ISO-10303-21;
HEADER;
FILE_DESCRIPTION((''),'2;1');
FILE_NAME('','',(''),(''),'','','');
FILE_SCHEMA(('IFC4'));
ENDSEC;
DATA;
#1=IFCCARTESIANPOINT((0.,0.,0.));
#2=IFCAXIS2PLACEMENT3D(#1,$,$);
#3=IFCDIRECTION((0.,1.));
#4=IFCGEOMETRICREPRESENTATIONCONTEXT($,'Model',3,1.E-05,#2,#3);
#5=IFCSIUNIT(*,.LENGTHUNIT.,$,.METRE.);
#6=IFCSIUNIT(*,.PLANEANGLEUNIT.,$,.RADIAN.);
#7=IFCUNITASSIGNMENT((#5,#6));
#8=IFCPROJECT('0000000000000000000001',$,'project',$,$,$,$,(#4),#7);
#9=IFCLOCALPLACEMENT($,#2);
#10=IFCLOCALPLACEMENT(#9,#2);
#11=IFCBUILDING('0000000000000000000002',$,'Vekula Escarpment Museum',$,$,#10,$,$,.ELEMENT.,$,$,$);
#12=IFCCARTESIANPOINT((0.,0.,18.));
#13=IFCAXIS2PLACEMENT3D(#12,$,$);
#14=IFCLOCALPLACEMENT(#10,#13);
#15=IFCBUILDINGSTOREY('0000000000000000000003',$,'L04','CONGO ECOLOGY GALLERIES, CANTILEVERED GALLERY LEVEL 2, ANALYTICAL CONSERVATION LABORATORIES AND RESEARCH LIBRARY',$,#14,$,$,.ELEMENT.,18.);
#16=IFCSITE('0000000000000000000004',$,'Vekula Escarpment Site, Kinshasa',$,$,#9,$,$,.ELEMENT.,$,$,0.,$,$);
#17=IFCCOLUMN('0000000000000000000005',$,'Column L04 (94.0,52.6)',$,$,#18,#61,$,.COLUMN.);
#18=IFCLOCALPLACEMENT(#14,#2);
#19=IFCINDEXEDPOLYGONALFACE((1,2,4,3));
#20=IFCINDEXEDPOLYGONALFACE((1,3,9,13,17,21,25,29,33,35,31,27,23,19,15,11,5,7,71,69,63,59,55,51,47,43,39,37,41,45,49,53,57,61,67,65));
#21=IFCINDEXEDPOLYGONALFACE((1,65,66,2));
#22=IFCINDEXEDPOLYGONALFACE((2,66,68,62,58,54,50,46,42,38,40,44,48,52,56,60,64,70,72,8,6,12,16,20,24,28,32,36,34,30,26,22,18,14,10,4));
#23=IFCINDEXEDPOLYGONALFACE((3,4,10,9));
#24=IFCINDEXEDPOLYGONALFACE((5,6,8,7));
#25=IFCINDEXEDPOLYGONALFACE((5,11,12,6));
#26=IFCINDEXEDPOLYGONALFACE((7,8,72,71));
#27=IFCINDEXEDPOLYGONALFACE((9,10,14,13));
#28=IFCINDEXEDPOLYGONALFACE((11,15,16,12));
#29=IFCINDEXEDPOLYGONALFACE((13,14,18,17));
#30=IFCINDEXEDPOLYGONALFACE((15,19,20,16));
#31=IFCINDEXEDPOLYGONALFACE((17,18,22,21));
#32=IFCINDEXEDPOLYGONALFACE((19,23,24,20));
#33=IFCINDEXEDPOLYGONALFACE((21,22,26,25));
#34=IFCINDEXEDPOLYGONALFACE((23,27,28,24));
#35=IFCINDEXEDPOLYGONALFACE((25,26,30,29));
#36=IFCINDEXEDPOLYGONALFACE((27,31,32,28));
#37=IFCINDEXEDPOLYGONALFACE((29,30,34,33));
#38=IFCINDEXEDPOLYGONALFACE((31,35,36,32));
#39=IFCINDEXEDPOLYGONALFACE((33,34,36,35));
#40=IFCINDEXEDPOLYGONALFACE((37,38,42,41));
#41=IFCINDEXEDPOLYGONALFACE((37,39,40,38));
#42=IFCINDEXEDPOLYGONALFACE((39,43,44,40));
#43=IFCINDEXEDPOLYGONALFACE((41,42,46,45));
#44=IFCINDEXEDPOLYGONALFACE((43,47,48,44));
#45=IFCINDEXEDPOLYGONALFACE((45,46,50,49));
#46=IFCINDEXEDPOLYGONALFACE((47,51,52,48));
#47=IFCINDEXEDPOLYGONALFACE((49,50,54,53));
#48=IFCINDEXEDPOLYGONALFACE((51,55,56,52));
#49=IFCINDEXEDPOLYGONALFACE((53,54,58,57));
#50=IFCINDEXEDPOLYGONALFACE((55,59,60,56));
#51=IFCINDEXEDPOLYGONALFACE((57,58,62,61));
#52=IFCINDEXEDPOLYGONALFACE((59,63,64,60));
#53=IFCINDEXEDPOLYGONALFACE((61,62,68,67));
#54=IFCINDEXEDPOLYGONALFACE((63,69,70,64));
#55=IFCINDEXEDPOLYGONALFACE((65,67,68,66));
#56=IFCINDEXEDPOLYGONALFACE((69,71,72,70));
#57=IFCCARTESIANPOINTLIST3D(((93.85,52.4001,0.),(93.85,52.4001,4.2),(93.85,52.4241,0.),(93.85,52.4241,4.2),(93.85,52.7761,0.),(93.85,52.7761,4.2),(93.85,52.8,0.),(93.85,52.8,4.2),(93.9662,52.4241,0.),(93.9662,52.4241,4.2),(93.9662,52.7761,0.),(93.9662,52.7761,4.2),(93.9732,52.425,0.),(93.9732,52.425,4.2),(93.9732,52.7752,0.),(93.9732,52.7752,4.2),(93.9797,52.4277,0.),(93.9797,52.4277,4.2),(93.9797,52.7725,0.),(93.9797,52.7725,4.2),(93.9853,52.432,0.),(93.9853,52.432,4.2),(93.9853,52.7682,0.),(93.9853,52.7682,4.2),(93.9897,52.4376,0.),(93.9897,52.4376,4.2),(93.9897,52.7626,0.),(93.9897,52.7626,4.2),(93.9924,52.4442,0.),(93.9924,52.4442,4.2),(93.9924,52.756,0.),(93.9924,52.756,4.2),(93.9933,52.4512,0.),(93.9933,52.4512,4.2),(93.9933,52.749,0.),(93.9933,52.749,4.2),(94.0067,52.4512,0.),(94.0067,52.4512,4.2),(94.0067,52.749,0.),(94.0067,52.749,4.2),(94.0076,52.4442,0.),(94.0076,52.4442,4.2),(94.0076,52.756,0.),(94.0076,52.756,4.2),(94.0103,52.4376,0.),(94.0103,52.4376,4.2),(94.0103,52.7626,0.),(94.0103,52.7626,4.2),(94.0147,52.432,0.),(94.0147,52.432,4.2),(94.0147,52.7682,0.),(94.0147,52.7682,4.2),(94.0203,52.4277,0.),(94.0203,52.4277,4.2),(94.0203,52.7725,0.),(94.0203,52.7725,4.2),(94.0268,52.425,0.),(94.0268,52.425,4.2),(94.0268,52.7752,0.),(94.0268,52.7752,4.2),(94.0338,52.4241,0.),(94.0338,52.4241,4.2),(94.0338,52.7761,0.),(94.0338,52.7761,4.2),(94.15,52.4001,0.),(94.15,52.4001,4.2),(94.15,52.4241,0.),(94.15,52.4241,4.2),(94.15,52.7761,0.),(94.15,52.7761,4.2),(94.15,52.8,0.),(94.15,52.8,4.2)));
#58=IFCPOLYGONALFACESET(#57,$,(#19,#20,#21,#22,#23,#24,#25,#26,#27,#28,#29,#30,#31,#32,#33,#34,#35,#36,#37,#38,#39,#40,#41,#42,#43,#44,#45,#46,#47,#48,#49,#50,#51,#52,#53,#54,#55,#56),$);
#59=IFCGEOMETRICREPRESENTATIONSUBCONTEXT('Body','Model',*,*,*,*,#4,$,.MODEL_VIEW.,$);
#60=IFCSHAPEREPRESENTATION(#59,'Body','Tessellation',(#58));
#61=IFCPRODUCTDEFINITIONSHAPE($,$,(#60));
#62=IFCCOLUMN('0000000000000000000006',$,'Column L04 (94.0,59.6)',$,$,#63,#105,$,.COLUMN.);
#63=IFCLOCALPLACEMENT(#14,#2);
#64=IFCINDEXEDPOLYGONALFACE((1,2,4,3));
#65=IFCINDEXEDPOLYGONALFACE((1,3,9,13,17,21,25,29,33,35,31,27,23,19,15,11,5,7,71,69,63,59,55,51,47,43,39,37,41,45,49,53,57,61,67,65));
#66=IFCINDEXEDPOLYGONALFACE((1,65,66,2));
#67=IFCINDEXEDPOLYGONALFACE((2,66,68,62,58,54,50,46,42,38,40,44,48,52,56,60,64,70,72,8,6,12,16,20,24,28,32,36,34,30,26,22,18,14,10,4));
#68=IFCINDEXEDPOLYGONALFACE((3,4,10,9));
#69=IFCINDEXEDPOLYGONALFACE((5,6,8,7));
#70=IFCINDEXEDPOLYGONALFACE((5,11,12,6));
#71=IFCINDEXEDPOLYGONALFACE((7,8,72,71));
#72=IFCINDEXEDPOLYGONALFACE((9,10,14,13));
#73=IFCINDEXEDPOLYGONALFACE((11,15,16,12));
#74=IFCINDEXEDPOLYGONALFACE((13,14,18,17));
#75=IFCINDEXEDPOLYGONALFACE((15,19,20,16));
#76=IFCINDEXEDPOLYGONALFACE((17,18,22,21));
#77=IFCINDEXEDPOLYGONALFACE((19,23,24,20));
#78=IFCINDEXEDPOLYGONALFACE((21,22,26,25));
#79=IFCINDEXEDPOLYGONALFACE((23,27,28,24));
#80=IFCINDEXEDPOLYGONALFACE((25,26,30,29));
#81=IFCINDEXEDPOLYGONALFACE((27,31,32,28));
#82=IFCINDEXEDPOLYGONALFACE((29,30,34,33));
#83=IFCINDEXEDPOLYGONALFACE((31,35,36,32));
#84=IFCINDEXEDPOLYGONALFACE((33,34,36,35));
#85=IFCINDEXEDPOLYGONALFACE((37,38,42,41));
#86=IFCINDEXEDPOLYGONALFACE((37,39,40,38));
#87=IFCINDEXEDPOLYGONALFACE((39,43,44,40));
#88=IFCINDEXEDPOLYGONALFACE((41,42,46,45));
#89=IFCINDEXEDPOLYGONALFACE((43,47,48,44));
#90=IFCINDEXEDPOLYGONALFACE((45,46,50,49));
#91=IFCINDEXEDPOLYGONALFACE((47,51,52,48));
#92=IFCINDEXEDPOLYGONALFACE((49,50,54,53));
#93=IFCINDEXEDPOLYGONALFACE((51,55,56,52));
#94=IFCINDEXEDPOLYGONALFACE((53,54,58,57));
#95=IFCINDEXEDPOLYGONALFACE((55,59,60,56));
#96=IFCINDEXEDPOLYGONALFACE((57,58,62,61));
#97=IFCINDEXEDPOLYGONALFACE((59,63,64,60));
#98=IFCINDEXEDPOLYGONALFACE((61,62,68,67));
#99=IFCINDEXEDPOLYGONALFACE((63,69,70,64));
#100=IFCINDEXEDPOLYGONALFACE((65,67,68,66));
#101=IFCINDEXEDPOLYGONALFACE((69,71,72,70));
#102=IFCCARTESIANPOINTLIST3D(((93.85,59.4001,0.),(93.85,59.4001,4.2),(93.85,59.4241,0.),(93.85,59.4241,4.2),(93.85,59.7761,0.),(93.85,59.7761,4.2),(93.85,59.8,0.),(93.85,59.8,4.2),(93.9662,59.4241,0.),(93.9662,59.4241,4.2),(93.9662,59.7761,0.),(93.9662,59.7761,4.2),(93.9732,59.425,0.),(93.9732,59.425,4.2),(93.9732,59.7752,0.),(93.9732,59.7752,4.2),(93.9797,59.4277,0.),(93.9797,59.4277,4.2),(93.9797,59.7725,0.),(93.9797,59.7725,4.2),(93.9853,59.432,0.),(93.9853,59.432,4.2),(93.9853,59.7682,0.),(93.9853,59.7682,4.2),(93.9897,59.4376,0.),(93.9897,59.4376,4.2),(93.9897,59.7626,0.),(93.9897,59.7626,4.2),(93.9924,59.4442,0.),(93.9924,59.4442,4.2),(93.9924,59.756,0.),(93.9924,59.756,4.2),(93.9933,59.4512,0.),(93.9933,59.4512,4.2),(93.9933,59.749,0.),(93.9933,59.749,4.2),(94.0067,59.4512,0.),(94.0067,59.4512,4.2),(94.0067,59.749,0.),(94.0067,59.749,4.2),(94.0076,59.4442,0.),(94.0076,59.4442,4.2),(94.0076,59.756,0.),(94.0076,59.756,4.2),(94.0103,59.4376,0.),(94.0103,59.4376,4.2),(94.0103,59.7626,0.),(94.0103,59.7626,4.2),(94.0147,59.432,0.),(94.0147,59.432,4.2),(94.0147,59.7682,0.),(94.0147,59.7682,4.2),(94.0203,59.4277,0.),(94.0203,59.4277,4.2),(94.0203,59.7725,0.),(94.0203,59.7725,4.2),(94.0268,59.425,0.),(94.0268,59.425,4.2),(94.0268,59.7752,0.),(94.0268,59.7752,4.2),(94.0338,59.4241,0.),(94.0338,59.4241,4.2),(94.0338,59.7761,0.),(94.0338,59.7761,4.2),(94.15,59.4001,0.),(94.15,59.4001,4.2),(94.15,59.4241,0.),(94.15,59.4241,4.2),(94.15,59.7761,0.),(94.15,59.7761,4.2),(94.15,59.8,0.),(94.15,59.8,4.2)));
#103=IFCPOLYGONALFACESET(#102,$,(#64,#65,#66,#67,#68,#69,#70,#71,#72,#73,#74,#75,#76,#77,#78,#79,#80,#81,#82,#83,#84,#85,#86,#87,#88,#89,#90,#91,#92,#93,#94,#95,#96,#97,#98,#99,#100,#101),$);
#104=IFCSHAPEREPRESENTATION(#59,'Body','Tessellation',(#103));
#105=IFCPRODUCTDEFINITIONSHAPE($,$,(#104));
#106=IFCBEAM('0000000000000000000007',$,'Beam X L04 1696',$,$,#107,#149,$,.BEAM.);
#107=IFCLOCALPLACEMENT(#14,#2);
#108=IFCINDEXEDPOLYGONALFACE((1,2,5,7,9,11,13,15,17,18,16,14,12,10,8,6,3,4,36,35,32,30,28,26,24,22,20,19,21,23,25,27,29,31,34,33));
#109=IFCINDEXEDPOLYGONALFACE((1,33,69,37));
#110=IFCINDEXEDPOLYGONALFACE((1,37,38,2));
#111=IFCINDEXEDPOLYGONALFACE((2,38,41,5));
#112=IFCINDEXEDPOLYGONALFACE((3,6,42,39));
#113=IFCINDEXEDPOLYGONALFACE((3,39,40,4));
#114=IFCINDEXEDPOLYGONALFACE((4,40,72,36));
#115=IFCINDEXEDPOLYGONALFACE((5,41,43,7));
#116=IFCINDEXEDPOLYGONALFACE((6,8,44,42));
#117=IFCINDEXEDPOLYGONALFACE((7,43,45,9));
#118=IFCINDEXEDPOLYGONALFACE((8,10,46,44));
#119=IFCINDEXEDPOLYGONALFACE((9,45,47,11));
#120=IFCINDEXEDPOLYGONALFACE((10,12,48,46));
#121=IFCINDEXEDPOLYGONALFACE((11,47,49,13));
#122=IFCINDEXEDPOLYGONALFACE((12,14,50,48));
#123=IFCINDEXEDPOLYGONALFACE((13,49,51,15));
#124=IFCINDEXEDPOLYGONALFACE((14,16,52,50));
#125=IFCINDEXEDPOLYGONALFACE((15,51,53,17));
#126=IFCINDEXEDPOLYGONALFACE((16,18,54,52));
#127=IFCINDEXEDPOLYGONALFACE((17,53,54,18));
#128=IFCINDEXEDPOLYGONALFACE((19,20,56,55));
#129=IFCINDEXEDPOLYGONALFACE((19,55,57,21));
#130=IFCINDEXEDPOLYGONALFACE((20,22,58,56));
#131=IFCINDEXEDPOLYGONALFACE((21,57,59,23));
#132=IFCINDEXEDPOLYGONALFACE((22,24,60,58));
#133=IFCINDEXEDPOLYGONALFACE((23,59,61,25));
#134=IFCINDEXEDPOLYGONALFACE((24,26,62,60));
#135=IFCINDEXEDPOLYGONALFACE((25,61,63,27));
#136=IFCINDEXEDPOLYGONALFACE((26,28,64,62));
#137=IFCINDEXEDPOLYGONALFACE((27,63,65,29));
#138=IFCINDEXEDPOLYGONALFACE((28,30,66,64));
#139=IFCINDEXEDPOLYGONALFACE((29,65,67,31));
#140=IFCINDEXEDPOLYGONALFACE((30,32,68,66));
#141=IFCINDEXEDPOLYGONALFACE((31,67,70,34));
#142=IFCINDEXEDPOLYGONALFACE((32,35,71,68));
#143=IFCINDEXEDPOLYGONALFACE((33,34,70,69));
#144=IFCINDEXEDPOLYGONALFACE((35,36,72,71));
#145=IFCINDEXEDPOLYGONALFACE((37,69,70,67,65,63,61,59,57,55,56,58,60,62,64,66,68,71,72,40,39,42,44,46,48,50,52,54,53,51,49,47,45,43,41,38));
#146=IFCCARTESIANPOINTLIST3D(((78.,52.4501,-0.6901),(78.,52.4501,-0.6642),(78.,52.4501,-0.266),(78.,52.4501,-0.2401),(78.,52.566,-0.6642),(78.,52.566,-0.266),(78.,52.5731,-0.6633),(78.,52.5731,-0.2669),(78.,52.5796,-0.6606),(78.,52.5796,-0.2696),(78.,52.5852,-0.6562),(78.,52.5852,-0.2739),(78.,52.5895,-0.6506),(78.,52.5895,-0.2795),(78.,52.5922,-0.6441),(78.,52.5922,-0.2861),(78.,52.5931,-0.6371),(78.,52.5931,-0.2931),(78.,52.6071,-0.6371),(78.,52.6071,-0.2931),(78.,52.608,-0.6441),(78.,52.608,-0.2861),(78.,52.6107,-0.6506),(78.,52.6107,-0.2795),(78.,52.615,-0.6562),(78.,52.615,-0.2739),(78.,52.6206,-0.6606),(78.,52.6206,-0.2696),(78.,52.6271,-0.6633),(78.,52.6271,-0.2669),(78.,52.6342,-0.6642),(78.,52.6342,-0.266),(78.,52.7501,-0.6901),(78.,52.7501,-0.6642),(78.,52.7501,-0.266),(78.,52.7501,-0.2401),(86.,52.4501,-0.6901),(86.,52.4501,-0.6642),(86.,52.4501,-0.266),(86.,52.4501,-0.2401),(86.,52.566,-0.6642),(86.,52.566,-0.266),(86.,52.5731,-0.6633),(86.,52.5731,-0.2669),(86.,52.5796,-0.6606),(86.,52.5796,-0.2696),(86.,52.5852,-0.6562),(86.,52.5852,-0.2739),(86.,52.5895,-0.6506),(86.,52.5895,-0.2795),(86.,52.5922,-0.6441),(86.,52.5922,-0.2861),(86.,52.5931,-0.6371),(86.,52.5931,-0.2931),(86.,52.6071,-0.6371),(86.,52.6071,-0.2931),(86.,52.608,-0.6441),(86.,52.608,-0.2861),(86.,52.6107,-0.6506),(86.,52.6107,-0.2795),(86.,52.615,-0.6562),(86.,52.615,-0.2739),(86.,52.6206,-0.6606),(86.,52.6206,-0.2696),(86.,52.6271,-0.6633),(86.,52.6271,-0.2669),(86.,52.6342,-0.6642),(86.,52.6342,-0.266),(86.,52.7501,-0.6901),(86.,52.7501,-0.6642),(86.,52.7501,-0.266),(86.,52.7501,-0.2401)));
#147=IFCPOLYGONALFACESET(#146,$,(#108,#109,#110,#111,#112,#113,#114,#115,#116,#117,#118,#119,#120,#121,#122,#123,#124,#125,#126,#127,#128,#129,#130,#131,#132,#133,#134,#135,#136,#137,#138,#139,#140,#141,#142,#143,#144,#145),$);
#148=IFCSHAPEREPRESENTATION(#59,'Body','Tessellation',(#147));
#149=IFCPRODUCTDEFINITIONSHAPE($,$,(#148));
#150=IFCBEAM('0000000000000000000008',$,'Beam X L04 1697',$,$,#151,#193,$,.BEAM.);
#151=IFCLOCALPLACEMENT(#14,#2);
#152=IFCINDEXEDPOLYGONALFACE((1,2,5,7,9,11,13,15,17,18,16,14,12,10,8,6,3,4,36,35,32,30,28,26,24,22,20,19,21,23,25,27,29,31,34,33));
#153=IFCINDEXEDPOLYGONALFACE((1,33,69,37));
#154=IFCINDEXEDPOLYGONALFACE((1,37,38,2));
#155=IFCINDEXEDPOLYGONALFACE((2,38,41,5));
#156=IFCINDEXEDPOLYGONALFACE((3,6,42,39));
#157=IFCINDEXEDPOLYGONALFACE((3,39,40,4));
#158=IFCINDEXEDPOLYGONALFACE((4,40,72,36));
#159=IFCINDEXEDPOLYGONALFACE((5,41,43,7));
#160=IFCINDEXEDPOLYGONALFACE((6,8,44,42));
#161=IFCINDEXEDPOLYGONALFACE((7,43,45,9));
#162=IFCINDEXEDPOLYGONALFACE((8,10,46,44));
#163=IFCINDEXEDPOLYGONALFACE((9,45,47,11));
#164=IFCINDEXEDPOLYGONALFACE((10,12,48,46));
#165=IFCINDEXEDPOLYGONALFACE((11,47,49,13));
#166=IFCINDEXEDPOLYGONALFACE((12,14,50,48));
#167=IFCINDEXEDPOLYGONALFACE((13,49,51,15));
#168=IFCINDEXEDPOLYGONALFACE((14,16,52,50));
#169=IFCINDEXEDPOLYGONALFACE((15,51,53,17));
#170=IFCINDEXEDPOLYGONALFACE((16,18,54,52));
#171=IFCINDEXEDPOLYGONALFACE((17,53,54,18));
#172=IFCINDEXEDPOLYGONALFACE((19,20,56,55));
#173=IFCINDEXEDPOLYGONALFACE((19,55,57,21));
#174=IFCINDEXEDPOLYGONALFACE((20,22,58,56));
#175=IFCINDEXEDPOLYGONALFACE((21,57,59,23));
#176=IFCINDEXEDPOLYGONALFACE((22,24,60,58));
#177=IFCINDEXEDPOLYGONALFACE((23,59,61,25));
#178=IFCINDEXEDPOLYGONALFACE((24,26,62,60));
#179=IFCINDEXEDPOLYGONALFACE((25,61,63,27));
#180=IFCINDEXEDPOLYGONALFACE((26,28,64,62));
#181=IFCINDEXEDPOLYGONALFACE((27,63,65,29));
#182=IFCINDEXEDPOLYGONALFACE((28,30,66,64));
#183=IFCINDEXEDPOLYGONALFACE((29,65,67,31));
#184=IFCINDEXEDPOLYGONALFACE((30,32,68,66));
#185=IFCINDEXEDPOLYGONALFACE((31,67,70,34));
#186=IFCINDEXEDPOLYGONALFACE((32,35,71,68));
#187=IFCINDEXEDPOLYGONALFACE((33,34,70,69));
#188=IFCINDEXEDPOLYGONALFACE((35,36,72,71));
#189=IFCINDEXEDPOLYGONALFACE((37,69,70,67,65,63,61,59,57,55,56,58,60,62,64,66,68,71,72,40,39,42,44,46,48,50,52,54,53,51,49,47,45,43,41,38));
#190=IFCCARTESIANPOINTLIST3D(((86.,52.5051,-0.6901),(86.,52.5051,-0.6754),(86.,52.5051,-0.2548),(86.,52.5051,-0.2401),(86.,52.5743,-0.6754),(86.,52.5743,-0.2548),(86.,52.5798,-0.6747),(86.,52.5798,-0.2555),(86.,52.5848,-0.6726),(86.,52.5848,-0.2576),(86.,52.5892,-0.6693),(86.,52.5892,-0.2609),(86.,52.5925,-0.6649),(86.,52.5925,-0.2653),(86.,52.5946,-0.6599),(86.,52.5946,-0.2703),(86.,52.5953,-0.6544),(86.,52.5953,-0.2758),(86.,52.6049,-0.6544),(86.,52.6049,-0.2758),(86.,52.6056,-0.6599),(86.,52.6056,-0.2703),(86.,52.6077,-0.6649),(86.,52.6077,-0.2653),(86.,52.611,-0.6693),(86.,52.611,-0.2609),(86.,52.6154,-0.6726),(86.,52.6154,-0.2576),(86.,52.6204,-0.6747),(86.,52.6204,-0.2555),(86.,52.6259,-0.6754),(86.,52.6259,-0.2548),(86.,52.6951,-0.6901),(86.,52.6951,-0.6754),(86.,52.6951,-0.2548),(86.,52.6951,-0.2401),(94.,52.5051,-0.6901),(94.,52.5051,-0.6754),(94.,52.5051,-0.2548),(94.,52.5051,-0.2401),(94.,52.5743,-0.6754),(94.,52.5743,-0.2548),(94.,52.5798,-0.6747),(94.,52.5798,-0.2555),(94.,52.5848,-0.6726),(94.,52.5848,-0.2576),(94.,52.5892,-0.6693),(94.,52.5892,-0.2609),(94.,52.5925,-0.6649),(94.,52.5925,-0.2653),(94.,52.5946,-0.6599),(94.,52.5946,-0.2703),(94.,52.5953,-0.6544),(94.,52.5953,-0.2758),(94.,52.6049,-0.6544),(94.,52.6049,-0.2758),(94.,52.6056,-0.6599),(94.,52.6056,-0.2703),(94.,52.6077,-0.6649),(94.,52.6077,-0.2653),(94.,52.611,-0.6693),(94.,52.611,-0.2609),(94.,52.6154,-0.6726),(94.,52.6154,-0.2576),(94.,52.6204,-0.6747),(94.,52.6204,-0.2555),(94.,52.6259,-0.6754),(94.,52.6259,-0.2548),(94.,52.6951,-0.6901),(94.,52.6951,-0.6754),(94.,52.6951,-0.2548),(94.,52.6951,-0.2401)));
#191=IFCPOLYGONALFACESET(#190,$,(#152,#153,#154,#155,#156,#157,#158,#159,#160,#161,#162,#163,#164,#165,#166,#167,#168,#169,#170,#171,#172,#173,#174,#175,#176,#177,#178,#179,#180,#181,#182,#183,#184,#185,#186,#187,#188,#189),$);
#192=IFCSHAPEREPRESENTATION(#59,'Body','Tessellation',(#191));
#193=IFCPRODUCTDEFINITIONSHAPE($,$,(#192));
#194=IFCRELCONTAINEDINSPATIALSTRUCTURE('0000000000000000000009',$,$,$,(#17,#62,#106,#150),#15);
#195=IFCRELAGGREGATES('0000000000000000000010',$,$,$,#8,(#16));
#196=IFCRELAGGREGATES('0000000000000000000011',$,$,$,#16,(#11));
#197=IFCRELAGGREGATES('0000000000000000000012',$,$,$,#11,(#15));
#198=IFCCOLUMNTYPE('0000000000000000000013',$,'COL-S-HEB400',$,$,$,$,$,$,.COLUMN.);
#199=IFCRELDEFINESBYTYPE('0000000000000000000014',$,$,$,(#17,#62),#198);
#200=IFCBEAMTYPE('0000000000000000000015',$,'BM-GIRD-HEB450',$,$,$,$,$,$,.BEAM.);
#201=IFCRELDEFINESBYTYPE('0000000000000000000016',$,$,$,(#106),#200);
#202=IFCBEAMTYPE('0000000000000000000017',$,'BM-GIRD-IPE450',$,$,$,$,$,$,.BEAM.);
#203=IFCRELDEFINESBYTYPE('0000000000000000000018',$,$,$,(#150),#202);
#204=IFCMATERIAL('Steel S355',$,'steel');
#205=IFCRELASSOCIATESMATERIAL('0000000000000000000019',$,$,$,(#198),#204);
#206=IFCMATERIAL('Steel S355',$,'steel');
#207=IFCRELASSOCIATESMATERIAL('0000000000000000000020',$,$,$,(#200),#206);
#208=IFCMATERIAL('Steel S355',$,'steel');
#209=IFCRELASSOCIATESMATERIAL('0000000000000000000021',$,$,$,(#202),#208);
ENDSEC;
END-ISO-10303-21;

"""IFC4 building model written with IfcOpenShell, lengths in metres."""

from ifc_helpers import new_model, si_unit, direction, frame, origin, origin_2d, place, context, subcontext, project, spatial, i_section, extrude, material, material_profile, profile_set, type_object, element, save


model = new_model("IFC4")

# Units and contexts
model_context = context("Model", 3, precision=1e-05, world=origin(), true_north=direction((0.0, 1.0)))
body_context = subcontext(model_context, "Body", "Model", "MODEL_VIEW")
ifc_project = project(units=[si_unit("LENGTHUNIT", "METRE"), si_unit("PLANEANGLEUNIT", "RADIAN")], contexts=[model_context])

# Site, building, storey
site_placement = place(None, origin())
site = spatial("IfcSite", under=ifc_project, at=site_placement, Name="Vekula Escarpment Site, Kinshasa", CompositionType="ELEMENT", RefElevation=0.0)
building_placement = place(site_placement, origin())
building = spatial("IfcBuilding", under=site, at=building_placement, Name="Vekula Escarpment Museum", CompositionType="ELEMENT")
storey_placement = place(building_placement, frame((0.0, 0.0, 18.0)))
storey = spatial("IfcBuildingStorey", under=building, at=storey_placement, Name="L04", Description="CONGO ECOLOGY GALLERIES, CANTILEVERED GALLERY LEVEL 2, ANALYTICAL CONSERVATION LABORATORIES AND RESEARCH LIBRARY", CompositionType="ELEMENT", Elevation=18.0)

# Columns
ifc_material_1 = material(Name="Steel S355", Category="steel")
ifc_material_profile_1 = material_profile(ifc_material_1, i_section(OverallWidth=0.3, OverallDepth=0.3999, WebThickness=0.0134, FlangeThickness=0.0239, FilletRadius=0.0271, at=origin_2d()), Name="HEB 400")
ifc_profile_set_1 = profile_set([ifc_material_profile_1], Name="Steel S355")
column_type = type_object("IfcColumnType", Name="COL-S-HEB400", PredefinedType="COLUMN", material=ifc_profile_set_1)
for number, where, z_axis, x_axis, name in (
    (1, (94.0, 52.6001, 0.0), (0.0, 0.0, 1.0), (1.0, 0.0, 0.0), "Column L04 (94.0,52.6)"),
    (2, (94.0, 59.6001, 0.0), (0.0, 0.0, 1.0), (1.0, 0.0, 0.0), "Column L04 (94.0,59.6)"),
):
    element("IfcColumn", number, at=place(storey_placement, frame(where, z_axis=z_axis, x_axis=x_axis)), inside=storey, type_object=column_type, Name=name, PredefinedType="COLUMN", context=body_context, shape_type="SweptSolid", body=[
        extrude(i_section(OverallWidth=0.3, OverallDepth=0.3999, WebThickness=0.0134, FlangeThickness=0.0239, FilletRadius=0.0271, at=origin_2d()), origin(), (0.0, 0.0, 1.0), 4.2),
    ])

# Beams
ifc_material_2 = material(Name="Steel S355", Category="steel")
ifc_material_profile_2 = material_profile(ifc_material_2, i_section(OverallWidth=0.3, OverallDepth=0.45, WebThickness=0.0139, FlangeThickness=0.0259, FilletRadius=0.0271, at=origin_2d()), Name="HEB 450")
ifc_profile_set_2 = profile_set([ifc_material_profile_2], Name="Steel S355")
beam_type_1 = type_object("IfcBeamType", Name="BM-GIRD-HEB450", PredefinedType="BEAM", material=ifc_profile_set_2)
beam_1_placement = place(storey_placement, frame((78.0, 52.6001, -0.4651), z_axis=(1.0, 0.0, 0.0), x_axis=(0.0, 1.0, 0.0)))
element("IfcBeam", 3, at=beam_1_placement, inside=storey, type_object=beam_type_1, Name="Beam X L04 1696", PredefinedType="BEAM", context=body_context, shape_type="SweptSolid", body=[
    extrude(i_section(OverallWidth=0.3, OverallDepth=0.45, WebThickness=0.0139, FlangeThickness=0.0259, FilletRadius=0.0271, at=origin_2d()), origin(), (0.0, 0.0, 1.0), 8.0),
])
ifc_material_3 = material(Name="Steel S355", Category="steel")
ifc_material_profile_3 = material_profile(ifc_material_3, i_section(OverallWidth=0.1899, OverallDepth=0.45, WebThickness=0.0095, FlangeThickness=0.0146, FilletRadius=0.021, at=origin_2d()), Name="IPE 450")
ifc_profile_set_3 = profile_set([ifc_material_profile_3], Name="Steel S355")
beam_type_2 = type_object("IfcBeamType", Name="BM-GIRD-IPE450", PredefinedType="BEAM", material=ifc_profile_set_3)
beam_2_placement = place(storey_placement, frame((86.0, 52.6001, -0.4651), z_axis=(1.0, 0.0, 0.0), x_axis=(0.0, 1.0, 0.0)))
element("IfcBeam", 4, at=beam_2_placement, inside=storey, type_object=beam_type_2, Name="Beam X L04 1697", PredefinedType="BEAM", context=body_context, shape_type="SweptSolid", body=[
    extrude(i_section(OverallWidth=0.1899, OverallDepth=0.45, WebThickness=0.0095, FlangeThickness=0.0146, FilletRadius=0.021, at=origin_2d()), origin(), (0.0, 0.0, 1.0), 8.0),
])

save(model, "model.ifc")
